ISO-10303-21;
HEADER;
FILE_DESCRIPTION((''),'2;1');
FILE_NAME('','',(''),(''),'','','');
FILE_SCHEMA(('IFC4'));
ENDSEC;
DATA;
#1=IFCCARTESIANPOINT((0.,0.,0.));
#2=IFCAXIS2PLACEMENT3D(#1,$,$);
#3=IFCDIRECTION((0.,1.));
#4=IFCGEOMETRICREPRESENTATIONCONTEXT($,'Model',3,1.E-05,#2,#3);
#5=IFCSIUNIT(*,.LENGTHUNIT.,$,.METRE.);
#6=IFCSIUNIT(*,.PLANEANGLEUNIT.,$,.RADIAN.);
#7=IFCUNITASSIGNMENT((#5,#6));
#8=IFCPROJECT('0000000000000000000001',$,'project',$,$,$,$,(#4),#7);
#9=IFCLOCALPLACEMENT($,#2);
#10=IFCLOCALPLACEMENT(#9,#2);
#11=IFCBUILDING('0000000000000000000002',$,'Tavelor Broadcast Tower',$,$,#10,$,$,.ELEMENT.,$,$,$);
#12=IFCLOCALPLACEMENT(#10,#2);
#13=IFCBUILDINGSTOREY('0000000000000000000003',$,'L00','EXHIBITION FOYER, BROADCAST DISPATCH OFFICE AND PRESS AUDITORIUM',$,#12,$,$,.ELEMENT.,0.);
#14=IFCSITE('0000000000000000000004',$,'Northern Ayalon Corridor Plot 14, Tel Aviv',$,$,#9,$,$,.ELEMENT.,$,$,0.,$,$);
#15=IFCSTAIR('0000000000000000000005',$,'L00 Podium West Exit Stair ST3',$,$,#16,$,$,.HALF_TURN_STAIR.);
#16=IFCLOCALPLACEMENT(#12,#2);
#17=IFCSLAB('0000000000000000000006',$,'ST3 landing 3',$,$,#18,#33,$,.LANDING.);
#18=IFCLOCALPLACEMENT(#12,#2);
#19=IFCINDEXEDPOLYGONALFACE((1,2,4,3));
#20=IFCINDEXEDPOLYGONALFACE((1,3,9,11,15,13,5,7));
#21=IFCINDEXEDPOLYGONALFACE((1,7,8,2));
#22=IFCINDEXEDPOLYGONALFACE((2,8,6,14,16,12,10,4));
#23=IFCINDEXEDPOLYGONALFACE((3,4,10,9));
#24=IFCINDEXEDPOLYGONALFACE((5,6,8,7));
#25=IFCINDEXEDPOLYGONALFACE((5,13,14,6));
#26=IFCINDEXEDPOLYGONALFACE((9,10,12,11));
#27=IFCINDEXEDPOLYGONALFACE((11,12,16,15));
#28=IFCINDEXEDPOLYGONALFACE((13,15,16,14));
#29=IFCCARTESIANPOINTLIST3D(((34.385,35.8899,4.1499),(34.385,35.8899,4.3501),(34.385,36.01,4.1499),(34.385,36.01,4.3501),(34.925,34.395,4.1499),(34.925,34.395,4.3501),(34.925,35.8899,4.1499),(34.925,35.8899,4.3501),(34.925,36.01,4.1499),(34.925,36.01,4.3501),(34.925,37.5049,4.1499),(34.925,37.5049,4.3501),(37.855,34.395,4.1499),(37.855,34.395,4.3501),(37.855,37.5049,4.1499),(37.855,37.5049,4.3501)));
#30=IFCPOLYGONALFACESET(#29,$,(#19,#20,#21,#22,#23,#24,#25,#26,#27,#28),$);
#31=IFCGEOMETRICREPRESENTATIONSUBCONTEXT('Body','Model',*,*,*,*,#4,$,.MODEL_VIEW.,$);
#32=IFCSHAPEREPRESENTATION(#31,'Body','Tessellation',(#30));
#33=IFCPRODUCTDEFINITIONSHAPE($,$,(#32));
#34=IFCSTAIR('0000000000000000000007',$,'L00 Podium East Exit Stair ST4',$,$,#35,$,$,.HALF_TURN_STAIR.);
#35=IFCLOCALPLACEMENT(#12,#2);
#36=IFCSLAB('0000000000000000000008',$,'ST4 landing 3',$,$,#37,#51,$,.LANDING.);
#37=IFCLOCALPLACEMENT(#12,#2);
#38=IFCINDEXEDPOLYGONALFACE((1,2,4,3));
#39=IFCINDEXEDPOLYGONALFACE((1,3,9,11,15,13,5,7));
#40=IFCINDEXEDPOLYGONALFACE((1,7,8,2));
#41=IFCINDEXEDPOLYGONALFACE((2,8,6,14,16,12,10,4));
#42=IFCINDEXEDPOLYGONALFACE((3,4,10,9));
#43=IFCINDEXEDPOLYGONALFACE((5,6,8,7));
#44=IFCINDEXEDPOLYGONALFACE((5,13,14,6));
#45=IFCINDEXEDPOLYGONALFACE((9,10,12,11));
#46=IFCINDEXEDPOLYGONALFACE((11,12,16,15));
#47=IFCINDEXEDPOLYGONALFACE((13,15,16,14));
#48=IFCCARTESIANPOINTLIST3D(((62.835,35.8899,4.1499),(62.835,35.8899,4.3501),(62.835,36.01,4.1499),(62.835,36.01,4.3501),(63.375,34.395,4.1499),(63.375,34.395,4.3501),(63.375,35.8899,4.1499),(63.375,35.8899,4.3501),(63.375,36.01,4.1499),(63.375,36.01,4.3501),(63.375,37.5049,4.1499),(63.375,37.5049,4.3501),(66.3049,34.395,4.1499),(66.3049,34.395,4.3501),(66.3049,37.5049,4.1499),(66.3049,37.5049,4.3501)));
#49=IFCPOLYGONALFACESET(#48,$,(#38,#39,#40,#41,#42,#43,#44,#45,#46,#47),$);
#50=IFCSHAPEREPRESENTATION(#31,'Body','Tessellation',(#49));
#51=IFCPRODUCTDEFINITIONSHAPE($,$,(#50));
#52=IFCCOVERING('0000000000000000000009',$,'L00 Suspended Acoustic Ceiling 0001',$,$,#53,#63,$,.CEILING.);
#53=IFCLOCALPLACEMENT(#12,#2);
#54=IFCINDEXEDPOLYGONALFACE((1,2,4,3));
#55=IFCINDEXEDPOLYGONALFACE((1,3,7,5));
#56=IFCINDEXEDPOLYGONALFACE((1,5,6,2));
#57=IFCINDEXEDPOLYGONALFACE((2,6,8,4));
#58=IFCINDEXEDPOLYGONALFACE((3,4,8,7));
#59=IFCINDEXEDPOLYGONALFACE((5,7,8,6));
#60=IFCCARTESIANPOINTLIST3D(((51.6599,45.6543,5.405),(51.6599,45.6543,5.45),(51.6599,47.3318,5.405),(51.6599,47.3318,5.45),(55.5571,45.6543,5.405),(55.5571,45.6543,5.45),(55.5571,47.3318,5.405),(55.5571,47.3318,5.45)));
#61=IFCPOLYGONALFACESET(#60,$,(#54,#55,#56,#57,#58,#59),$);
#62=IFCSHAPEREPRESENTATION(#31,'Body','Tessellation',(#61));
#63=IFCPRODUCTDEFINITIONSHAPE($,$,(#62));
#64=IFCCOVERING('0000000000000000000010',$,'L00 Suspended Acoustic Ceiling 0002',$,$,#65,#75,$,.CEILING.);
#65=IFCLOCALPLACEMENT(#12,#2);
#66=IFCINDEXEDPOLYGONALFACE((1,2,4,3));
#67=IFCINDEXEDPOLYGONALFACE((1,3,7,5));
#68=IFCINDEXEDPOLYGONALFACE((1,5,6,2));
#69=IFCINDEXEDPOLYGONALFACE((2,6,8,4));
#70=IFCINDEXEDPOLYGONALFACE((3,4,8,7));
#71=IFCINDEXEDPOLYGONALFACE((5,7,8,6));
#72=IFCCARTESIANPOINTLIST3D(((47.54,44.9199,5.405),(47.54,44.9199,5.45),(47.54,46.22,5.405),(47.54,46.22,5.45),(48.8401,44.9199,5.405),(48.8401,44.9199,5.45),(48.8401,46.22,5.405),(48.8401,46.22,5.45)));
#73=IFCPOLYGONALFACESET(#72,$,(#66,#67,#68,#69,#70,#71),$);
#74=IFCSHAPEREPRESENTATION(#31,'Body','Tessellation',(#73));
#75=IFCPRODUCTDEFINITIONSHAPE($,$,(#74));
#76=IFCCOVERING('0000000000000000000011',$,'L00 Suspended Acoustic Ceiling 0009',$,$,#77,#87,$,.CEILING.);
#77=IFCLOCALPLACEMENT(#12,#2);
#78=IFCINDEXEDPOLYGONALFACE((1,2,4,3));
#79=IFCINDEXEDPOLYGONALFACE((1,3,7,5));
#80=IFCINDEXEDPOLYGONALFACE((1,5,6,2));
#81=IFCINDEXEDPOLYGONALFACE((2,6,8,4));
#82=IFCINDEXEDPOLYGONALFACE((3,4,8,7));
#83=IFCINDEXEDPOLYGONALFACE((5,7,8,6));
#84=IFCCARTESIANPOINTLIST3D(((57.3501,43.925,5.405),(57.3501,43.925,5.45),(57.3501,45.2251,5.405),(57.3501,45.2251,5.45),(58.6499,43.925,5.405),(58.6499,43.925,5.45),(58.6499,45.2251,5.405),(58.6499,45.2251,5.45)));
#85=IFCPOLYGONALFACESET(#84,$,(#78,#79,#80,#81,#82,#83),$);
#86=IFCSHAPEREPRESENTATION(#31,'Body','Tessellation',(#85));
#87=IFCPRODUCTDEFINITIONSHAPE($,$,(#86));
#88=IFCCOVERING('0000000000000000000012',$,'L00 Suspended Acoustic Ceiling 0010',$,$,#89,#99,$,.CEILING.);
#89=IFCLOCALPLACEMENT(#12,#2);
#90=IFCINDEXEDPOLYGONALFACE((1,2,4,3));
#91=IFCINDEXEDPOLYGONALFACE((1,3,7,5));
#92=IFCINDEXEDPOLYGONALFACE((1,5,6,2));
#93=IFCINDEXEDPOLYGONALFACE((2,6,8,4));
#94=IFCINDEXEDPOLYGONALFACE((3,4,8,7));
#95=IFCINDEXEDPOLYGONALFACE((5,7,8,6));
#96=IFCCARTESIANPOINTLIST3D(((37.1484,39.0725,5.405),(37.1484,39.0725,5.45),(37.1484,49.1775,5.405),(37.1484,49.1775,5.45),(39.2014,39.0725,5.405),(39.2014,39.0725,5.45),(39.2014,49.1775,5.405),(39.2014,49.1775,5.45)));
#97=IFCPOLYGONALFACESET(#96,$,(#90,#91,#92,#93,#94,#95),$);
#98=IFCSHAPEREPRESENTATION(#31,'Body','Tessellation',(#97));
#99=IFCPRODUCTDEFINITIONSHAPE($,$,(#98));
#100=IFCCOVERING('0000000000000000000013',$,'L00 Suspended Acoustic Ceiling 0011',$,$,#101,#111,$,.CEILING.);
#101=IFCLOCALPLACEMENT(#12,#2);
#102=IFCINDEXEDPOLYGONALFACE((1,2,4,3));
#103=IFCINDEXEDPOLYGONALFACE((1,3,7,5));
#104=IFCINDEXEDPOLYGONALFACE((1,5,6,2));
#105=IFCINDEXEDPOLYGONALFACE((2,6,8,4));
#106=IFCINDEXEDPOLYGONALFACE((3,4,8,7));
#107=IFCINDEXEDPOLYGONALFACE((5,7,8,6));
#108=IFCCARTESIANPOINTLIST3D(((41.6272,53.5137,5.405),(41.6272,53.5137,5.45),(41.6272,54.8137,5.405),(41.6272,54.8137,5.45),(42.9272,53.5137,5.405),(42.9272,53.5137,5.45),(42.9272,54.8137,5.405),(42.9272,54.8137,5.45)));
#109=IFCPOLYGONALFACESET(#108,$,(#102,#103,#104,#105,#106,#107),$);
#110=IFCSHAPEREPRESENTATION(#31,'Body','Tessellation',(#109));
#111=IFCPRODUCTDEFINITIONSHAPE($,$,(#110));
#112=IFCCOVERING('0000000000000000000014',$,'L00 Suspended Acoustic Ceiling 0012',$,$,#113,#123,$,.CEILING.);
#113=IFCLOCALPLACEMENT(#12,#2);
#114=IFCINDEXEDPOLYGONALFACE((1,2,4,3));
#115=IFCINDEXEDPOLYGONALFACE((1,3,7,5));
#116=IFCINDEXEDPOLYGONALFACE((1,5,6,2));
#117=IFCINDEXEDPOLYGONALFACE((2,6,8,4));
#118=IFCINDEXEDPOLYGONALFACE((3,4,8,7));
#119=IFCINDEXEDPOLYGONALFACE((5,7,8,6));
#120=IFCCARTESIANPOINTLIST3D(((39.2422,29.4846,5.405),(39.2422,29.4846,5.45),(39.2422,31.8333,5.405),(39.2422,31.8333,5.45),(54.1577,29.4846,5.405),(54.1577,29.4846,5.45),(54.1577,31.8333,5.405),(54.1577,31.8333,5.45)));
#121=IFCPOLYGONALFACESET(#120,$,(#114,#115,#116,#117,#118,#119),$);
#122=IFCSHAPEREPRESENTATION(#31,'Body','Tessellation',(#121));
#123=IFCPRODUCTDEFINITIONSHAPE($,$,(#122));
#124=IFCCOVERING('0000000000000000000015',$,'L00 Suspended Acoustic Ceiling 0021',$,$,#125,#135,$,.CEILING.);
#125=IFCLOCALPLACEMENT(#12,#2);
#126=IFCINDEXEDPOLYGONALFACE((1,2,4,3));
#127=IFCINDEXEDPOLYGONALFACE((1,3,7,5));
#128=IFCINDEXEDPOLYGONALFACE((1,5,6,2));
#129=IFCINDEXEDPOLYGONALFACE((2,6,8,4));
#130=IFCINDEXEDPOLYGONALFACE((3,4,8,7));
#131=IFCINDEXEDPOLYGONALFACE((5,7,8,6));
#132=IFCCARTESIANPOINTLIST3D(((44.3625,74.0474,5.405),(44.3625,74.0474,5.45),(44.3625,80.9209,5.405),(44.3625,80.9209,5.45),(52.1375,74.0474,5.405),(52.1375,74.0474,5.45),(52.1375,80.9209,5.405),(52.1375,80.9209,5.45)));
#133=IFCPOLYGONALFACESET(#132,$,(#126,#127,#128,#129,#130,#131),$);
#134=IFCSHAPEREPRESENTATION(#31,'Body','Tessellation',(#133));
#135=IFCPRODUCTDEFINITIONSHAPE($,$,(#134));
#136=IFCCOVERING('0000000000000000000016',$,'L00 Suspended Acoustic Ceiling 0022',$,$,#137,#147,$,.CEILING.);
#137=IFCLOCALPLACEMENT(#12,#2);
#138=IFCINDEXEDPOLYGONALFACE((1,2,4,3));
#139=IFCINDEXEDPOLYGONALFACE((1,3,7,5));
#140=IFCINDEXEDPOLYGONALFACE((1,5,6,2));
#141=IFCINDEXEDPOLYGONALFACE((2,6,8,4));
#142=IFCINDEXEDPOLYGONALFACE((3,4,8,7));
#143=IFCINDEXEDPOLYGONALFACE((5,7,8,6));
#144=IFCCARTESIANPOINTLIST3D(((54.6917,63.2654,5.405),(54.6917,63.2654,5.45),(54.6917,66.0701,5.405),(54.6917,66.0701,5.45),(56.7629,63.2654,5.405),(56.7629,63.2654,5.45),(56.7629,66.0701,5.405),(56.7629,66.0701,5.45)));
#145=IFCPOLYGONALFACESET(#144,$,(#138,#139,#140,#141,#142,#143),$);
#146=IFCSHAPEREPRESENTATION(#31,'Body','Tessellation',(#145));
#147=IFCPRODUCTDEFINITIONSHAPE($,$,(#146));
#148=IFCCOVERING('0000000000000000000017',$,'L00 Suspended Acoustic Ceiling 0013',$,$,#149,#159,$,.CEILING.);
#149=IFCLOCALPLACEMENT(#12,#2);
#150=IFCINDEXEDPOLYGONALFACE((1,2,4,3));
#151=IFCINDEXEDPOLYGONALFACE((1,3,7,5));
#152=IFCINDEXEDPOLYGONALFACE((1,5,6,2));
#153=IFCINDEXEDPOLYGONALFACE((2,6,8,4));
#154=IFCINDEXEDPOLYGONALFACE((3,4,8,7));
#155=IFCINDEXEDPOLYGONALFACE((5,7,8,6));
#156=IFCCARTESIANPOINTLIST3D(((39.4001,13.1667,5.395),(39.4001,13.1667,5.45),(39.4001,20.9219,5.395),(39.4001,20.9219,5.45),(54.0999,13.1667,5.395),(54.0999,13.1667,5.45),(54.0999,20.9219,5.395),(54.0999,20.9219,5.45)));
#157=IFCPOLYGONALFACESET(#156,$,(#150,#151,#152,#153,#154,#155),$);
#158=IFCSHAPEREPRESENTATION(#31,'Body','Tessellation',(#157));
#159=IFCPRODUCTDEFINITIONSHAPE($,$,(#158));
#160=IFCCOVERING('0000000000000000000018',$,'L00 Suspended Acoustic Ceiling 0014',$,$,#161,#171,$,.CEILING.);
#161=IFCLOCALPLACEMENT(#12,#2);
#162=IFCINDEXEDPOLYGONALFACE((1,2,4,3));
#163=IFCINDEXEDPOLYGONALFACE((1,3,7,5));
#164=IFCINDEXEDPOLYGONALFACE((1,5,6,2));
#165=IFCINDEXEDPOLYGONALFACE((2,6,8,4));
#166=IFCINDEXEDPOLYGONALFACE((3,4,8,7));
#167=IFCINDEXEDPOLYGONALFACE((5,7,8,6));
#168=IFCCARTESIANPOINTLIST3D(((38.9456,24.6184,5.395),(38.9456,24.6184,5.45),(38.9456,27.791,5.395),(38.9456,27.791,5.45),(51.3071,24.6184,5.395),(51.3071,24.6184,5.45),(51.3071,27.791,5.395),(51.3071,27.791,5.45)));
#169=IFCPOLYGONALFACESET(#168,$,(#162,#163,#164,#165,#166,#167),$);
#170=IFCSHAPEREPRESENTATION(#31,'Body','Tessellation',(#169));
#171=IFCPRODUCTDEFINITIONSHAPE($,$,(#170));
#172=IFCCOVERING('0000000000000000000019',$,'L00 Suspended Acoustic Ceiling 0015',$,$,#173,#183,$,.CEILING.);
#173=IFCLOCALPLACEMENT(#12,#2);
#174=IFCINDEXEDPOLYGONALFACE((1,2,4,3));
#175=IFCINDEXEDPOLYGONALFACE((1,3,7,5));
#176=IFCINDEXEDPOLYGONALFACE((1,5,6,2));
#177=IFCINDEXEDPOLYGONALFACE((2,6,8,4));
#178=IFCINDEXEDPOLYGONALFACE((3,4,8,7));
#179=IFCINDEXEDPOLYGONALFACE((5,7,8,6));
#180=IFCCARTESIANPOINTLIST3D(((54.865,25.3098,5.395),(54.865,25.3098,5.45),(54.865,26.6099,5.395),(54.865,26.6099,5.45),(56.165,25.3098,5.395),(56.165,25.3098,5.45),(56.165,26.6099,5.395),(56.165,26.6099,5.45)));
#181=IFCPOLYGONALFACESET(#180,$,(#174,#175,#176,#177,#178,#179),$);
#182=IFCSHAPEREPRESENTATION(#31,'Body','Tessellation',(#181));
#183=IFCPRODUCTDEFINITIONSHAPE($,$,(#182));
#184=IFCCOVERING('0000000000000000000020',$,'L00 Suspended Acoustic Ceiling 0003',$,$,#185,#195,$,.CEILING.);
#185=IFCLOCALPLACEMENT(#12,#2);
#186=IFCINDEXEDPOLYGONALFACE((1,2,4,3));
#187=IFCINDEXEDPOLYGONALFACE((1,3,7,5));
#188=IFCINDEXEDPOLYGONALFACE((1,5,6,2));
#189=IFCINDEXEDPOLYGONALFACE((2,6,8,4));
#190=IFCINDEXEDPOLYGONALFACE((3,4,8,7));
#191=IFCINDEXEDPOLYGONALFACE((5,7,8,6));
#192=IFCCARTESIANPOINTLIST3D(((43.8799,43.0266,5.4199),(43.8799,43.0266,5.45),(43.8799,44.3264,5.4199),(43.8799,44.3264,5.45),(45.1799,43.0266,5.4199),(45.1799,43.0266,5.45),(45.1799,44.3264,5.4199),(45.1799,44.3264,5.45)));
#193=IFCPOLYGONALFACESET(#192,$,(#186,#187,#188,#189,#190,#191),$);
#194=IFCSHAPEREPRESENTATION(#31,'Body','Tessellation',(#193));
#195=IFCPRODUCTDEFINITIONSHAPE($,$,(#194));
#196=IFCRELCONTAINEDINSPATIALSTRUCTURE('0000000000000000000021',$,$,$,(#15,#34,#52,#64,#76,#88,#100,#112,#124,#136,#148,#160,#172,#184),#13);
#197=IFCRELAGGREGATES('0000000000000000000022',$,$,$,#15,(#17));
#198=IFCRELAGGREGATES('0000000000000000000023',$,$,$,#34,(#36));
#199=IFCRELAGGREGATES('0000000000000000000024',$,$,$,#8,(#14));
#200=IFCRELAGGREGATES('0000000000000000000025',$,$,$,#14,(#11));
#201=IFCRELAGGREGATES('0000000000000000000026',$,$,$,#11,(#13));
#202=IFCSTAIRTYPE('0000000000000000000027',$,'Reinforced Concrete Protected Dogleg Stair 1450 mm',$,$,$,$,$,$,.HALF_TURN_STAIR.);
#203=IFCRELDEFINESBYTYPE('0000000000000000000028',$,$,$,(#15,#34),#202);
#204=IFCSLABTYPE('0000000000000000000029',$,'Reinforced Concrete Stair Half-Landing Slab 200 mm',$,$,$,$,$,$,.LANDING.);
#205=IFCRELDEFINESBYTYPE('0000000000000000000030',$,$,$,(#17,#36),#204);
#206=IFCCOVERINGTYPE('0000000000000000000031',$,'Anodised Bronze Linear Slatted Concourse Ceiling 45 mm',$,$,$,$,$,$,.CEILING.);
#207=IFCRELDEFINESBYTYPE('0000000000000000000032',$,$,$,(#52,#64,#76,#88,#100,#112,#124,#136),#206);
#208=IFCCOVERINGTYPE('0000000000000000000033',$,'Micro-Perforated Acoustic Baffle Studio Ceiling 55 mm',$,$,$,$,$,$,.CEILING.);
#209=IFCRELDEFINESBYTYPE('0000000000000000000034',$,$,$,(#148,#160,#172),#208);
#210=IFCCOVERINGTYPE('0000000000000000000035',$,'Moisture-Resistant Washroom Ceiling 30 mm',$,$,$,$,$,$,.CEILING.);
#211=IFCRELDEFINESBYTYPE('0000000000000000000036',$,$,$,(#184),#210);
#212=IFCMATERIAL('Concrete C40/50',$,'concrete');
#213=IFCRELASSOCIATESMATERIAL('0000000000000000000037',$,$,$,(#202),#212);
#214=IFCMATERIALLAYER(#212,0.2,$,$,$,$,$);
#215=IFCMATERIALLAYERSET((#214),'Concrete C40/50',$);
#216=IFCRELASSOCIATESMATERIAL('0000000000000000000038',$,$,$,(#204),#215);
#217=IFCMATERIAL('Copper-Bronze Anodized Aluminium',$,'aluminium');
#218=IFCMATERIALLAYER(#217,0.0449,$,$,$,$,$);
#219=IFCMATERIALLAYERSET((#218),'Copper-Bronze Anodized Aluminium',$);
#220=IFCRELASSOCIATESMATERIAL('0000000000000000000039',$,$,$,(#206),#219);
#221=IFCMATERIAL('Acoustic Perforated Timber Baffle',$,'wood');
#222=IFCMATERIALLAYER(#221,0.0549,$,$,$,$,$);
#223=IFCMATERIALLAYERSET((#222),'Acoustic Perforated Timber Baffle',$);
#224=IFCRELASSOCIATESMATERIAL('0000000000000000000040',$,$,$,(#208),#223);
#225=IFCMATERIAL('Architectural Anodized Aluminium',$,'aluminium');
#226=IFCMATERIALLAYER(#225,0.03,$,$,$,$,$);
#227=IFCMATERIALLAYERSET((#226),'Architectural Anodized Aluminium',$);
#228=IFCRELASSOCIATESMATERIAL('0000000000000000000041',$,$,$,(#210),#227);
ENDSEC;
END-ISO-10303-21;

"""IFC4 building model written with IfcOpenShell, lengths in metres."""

from ifc_helpers import new_model, si_unit, direction, frame, origin, place, context, subcontext, project, spatial, polyline, outline, extrude, material, layer, layer_set, type_object, element, aggregate, save


model = new_model("IFC4")

# Units and contexts
model_context = context("Model", 3, precision=1e-05, world=origin(), true_north=direction((0.0, 1.0)))
body_context = subcontext(model_context, "Body", "Model", "MODEL_VIEW")
ifc_project = project(units=[si_unit("LENGTHUNIT", "METRE"), si_unit("PLANEANGLEUNIT", "RADIAN")], contexts=[model_context])

# Site, building, storey
site_placement = place(None, origin())
site = spatial("IfcSite", under=ifc_project, at=site_placement, Name="Northern Ayalon Corridor Plot 14, Tel Aviv", CompositionType="ELEMENT", RefElevation=0.0)
building_placement = place(site_placement, origin())
building = spatial("IfcBuilding", under=site, at=building_placement, Name="Tavelor Broadcast Tower", CompositionType="ELEMENT")
storey_placement = place(building_placement, origin())
storey = spatial("IfcBuildingStorey", under=building, at=storey_placement, Name="L00", Description="EXHIBITION FOYER, BROADCAST DISPATCH OFFICE AND PRESS AUDITORIUM", CompositionType="ELEMENT", Elevation=0.0)

# Stairs, slabs
ifc_material_1 = material(Name="Concrete C40/50", Category="concrete")
stair_type = type_object("IfcStairType", Name="Reinforced Concrete Protected Dogleg Stair 1450 mm", PredefinedType="HALF_TURN_STAIR", material=ifc_material_1)
stair_1_placement = place(storey_placement, origin())
stair_1 = element("IfcStair", 1, at=stair_1_placement, inside=storey, type_object=stair_type, Name="L00 Podium West Exit Stair ST3", PredefinedType="HALF_TURN_STAIR")
ifc_layer_1 = layer(ifc_material_1, 0.2)
ifc_layer_set_1 = layer_set([ifc_layer_1], Name="Concrete C40/50")
slab_type = type_object("IfcSlabType", Name="Reinforced Concrete Stair Half-Landing Slab 200 mm", PredefinedType="LANDING", material=ifc_layer_set_1)
slab_1_placement = place(storey_placement, frame((0.0, 0.0, 4.1499)))
slab_1 = element("IfcSlab", 2, at=slab_1_placement, type_object=slab_type, Name="ST3 landing 3", PredefinedType="LANDING", context=body_context, shape_type="SweptSolid", body=[
    extrude(outline(polyline([(34.925, 35.8899), (34.925, 34.395), (37.855, 34.395), (37.855, 37.5049), (34.925, 37.5049), (34.925, 36.01), (34.385, 36.01), (34.385, 35.8899), (34.925, 35.8899)])), origin(), (0.0, 0.0, 1.0), 0.2002),
])
aggregate(stair_1, [slab_1])
stair_2_placement = place(storey_placement, origin())
stair_2 = element("IfcStair", 3, at=stair_2_placement, inside=storey, type_object=stair_type, Name="L00 Podium East Exit Stair ST4", PredefinedType="HALF_TURN_STAIR")
slab_2_placement = place(storey_placement, frame((0.0, 0.0, 4.1499)))
slab_2 = element("IfcSlab", 4, at=slab_2_placement, type_object=slab_type, Name="ST4 landing 3", PredefinedType="LANDING", context=body_context, shape_type="SweptSolid", body=[
    extrude(outline(polyline([(63.375, 35.8899), (63.375, 34.395), (66.3049, 34.395), (66.3049, 37.5049), (63.375, 37.5049), (63.375, 36.01), (62.835, 36.01), (62.835, 35.8899), (63.375, 35.8899)])), origin(), (0.0, 0.0, 1.0), 0.2002),
])
aggregate(stair_2, [slab_2])

# Coverings
ifc_material_2 = material(Name="Copper-Bronze Anodized Aluminium", Category="aluminium")
ifc_layer_2 = layer(ifc_material_2, 0.0449)
ifc_layer_set_2 = layer_set([ifc_layer_2], Name="Copper-Bronze Anodized Aluminium")
covering_type_1 = type_object("IfcCoveringType", Name="Anodised Bronze Linear Slatted Concourse Ceiling 45 mm", PredefinedType="CEILING", material=ifc_layer_set_2)
covering_1_placement = place(storey_placement, frame((0.0, 0.0, 5.405)))
element("IfcCovering", 5, at=covering_1_placement, inside=storey, type_object=covering_type_1, Name="L00 Suspended Acoustic Ceiling 0001", PredefinedType="CEILING", context=body_context, shape_type="SweptSolid", body=[
    extrude(outline(polyline([(51.6599, 45.6543), (55.5571, 45.6543), (55.5571, 47.3318), (51.6599, 47.3318), (51.6599, 45.6543)])), origin(), (0.0, 0.0, 1.0), 0.0449),
])
covering_2_placement = place(storey_placement, frame((0.0, 0.0, 5.405)))
element("IfcCovering", 6, at=covering_2_placement, inside=storey, type_object=covering_type_1, Name="L00 Suspended Acoustic Ceiling 0002", PredefinedType="CEILING", context=body_context, shape_type="SweptSolid", body=[
    extrude(outline(polyline([(47.54, 44.9199), (48.8401, 44.9199), (48.8401, 46.22), (47.54, 46.22), (47.54, 44.9199)])), origin(), (0.0, 0.0, 1.0), 0.0449),
])
covering_3_placement = place(storey_placement, frame((0.0, 0.0, 5.405)))
element("IfcCovering", 7, at=covering_3_placement, inside=storey, type_object=covering_type_1, Name="L00 Suspended Acoustic Ceiling 0009", PredefinedType="CEILING", context=body_context, shape_type="SweptSolid", body=[
    extrude(outline(polyline([(57.3501, 43.925), (58.6499, 43.925), (58.6499, 45.2251), (57.3501, 45.2251), (57.3501, 43.925)])), origin(), (0.0, 0.0, 1.0), 0.0449),
])
covering_4_placement = place(storey_placement, frame((0.0, 0.0, 5.405)))
element("IfcCovering", 8, at=covering_4_placement, inside=storey, type_object=covering_type_1, Name="L00 Suspended Acoustic Ceiling 0010", PredefinedType="CEILING", context=body_context, shape_type="SweptSolid", body=[
    extrude(outline(polyline([(37.1484, 39.0725), (39.2014, 39.0725), (39.2014, 49.1775), (37.1484, 49.1775), (37.1484, 39.0725)])), origin(), (0.0, 0.0, 1.0), 0.0449),
])
covering_5_placement = place(storey_placement, frame((0.0, 0.0, 5.405)))
element("IfcCovering", 9, at=covering_5_placement, inside=storey, type_object=covering_type_1, Name="L00 Suspended Acoustic Ceiling 0011", PredefinedType="CEILING", context=body_context, shape_type="SweptSolid", body=[
    extrude(outline(polyline([(41.6272, 53.5137), (42.9272, 53.5137), (42.9272, 54.8137), (41.6272, 54.8137), (41.6272, 53.5137)])), origin(), (0.0, 0.0, 1.0), 0.0449),
])
covering_6_placement = place(storey_placement, frame((0.0, 0.0, 5.405)))
element("IfcCovering", 10, at=covering_6_placement, inside=storey, type_object=covering_type_1, Name="L00 Suspended Acoustic Ceiling 0012", PredefinedType="CEILING", context=body_context, shape_type="SweptSolid", body=[
    extrude(outline(polyline([(39.2422, 29.4846), (54.1577, 29.4846), (54.1577, 31.8333), (39.2422, 31.8333), (39.2422, 29.4846)])), origin(), (0.0, 0.0, 1.0), 0.0449),
])
covering_7_placement = place(storey_placement, frame((0.0, 0.0, 5.405)))
element("IfcCovering", 11, at=covering_7_placement, inside=storey, type_object=covering_type_1, Name="L00 Suspended Acoustic Ceiling 0021", PredefinedType="CEILING", context=body_context, shape_type="SweptSolid", body=[
    extrude(outline(polyline([(44.3625, 74.0474), (52.1375, 74.0474), (52.1375, 80.9209), (44.3625, 80.9209), (44.3625, 74.0474)])), origin(), (0.0, 0.0, 1.0), 0.0449),
])
covering_8_placement = place(storey_placement, frame((0.0, 0.0, 5.405)))
element("IfcCovering", 12, at=covering_8_placement, inside=storey, type_object=covering_type_1, Name="L00 Suspended Acoustic Ceiling 0022", PredefinedType="CEILING", context=body_context, shape_type="SweptSolid", body=[
    extrude(outline(polyline([(54.6917, 63.2654), (56.7629, 63.2654), (56.7629, 66.0701), (54.6917, 66.0701), (54.6917, 63.2654)])), origin(), (0.0, 0.0, 1.0), 0.0449),
])
ifc_material_3 = material(Name="Acoustic Perforated Timber Baffle", Category="wood")
ifc_layer_3 = layer(ifc_material_3, 0.0549)
ifc_layer_set_3 = layer_set([ifc_layer_3], Name="Acoustic Perforated Timber Baffle")
covering_type_2 = type_object("IfcCoveringType", Name="Micro-Perforated Acoustic Baffle Studio Ceiling 55 mm", PredefinedType="CEILING", material=ifc_layer_set_3)
covering_9_placement = place(storey_placement, frame((0.0, 0.0, 5.395)))
element("IfcCovering", 13, at=covering_9_placement, inside=storey, type_object=covering_type_2, Name="L00 Suspended Acoustic Ceiling 0013", PredefinedType="CEILING", context=body_context, shape_type="SweptSolid", body=[
    extrude(outline(polyline([(39.4001, 13.1667), (54.0999, 13.1667), (54.0999, 20.9219), (39.4001, 20.9219), (39.4001, 13.1667)])), origin(), (0.0, 0.0, 1.0), 0.0549),
])
covering_10_placement = place(storey_placement, frame((0.0, 0.0, 5.395)))
element("IfcCovering", 14, at=covering_10_placement, inside=storey, type_object=covering_type_2, Name="L00 Suspended Acoustic Ceiling 0014", PredefinedType="CEILING", context=body_context, shape_type="SweptSolid", body=[
    extrude(outline(polyline([(38.9456, 24.6184), (51.3071, 24.6184), (51.3071, 27.791), (38.9456, 27.791), (38.9456, 24.6184)])), origin(), (0.0, 0.0, 1.0), 0.0549),
])
covering_11_placement = place(storey_placement, frame((0.0, 0.0, 5.395)))
element("IfcCovering", 15, at=covering_11_placement, inside=storey, type_object=covering_type_2, Name="L00 Suspended Acoustic Ceiling 0015", PredefinedType="CEILING", context=body_context, shape_type="SweptSolid", body=[
    extrude(outline(polyline([(54.865, 25.3098), (56.165, 25.3098), (56.165, 26.6099), (54.865, 26.6099), (54.865, 25.3098)])), origin(), (0.0, 0.0, 1.0), 0.0549),
])
ifc_material_4 = material(Name="Architectural Anodized Aluminium", Category="aluminium")
ifc_layer_4 = layer(ifc_material_4, 0.03)
ifc_layer_set_4 = layer_set([ifc_layer_4], Name="Architectural Anodized Aluminium")
covering_type_3 = type_object("IfcCoveringType", Name="Moisture-Resistant Washroom Ceiling 30 mm", PredefinedType="CEILING", material=ifc_layer_set_4)
covering_12_placement = place(storey_placement, frame((0.0, 0.0, 5.4199)))
element("IfcCovering", 16, at=covering_12_placement, inside=storey, type_object=covering_type_3, Name="L00 Suspended Acoustic Ceiling 0003", PredefinedType="CEILING", context=body_context, shape_type="SweptSolid", body=[
    extrude(outline(polyline([(43.8799, 43.0266), (45.1799, 43.0266), (45.1799, 44.3264), (43.8799, 44.3264), (43.8799, 43.0266)])), origin(), (0.0, 0.0, 1.0), 0.03),
])

save(model, "model.ifc")
